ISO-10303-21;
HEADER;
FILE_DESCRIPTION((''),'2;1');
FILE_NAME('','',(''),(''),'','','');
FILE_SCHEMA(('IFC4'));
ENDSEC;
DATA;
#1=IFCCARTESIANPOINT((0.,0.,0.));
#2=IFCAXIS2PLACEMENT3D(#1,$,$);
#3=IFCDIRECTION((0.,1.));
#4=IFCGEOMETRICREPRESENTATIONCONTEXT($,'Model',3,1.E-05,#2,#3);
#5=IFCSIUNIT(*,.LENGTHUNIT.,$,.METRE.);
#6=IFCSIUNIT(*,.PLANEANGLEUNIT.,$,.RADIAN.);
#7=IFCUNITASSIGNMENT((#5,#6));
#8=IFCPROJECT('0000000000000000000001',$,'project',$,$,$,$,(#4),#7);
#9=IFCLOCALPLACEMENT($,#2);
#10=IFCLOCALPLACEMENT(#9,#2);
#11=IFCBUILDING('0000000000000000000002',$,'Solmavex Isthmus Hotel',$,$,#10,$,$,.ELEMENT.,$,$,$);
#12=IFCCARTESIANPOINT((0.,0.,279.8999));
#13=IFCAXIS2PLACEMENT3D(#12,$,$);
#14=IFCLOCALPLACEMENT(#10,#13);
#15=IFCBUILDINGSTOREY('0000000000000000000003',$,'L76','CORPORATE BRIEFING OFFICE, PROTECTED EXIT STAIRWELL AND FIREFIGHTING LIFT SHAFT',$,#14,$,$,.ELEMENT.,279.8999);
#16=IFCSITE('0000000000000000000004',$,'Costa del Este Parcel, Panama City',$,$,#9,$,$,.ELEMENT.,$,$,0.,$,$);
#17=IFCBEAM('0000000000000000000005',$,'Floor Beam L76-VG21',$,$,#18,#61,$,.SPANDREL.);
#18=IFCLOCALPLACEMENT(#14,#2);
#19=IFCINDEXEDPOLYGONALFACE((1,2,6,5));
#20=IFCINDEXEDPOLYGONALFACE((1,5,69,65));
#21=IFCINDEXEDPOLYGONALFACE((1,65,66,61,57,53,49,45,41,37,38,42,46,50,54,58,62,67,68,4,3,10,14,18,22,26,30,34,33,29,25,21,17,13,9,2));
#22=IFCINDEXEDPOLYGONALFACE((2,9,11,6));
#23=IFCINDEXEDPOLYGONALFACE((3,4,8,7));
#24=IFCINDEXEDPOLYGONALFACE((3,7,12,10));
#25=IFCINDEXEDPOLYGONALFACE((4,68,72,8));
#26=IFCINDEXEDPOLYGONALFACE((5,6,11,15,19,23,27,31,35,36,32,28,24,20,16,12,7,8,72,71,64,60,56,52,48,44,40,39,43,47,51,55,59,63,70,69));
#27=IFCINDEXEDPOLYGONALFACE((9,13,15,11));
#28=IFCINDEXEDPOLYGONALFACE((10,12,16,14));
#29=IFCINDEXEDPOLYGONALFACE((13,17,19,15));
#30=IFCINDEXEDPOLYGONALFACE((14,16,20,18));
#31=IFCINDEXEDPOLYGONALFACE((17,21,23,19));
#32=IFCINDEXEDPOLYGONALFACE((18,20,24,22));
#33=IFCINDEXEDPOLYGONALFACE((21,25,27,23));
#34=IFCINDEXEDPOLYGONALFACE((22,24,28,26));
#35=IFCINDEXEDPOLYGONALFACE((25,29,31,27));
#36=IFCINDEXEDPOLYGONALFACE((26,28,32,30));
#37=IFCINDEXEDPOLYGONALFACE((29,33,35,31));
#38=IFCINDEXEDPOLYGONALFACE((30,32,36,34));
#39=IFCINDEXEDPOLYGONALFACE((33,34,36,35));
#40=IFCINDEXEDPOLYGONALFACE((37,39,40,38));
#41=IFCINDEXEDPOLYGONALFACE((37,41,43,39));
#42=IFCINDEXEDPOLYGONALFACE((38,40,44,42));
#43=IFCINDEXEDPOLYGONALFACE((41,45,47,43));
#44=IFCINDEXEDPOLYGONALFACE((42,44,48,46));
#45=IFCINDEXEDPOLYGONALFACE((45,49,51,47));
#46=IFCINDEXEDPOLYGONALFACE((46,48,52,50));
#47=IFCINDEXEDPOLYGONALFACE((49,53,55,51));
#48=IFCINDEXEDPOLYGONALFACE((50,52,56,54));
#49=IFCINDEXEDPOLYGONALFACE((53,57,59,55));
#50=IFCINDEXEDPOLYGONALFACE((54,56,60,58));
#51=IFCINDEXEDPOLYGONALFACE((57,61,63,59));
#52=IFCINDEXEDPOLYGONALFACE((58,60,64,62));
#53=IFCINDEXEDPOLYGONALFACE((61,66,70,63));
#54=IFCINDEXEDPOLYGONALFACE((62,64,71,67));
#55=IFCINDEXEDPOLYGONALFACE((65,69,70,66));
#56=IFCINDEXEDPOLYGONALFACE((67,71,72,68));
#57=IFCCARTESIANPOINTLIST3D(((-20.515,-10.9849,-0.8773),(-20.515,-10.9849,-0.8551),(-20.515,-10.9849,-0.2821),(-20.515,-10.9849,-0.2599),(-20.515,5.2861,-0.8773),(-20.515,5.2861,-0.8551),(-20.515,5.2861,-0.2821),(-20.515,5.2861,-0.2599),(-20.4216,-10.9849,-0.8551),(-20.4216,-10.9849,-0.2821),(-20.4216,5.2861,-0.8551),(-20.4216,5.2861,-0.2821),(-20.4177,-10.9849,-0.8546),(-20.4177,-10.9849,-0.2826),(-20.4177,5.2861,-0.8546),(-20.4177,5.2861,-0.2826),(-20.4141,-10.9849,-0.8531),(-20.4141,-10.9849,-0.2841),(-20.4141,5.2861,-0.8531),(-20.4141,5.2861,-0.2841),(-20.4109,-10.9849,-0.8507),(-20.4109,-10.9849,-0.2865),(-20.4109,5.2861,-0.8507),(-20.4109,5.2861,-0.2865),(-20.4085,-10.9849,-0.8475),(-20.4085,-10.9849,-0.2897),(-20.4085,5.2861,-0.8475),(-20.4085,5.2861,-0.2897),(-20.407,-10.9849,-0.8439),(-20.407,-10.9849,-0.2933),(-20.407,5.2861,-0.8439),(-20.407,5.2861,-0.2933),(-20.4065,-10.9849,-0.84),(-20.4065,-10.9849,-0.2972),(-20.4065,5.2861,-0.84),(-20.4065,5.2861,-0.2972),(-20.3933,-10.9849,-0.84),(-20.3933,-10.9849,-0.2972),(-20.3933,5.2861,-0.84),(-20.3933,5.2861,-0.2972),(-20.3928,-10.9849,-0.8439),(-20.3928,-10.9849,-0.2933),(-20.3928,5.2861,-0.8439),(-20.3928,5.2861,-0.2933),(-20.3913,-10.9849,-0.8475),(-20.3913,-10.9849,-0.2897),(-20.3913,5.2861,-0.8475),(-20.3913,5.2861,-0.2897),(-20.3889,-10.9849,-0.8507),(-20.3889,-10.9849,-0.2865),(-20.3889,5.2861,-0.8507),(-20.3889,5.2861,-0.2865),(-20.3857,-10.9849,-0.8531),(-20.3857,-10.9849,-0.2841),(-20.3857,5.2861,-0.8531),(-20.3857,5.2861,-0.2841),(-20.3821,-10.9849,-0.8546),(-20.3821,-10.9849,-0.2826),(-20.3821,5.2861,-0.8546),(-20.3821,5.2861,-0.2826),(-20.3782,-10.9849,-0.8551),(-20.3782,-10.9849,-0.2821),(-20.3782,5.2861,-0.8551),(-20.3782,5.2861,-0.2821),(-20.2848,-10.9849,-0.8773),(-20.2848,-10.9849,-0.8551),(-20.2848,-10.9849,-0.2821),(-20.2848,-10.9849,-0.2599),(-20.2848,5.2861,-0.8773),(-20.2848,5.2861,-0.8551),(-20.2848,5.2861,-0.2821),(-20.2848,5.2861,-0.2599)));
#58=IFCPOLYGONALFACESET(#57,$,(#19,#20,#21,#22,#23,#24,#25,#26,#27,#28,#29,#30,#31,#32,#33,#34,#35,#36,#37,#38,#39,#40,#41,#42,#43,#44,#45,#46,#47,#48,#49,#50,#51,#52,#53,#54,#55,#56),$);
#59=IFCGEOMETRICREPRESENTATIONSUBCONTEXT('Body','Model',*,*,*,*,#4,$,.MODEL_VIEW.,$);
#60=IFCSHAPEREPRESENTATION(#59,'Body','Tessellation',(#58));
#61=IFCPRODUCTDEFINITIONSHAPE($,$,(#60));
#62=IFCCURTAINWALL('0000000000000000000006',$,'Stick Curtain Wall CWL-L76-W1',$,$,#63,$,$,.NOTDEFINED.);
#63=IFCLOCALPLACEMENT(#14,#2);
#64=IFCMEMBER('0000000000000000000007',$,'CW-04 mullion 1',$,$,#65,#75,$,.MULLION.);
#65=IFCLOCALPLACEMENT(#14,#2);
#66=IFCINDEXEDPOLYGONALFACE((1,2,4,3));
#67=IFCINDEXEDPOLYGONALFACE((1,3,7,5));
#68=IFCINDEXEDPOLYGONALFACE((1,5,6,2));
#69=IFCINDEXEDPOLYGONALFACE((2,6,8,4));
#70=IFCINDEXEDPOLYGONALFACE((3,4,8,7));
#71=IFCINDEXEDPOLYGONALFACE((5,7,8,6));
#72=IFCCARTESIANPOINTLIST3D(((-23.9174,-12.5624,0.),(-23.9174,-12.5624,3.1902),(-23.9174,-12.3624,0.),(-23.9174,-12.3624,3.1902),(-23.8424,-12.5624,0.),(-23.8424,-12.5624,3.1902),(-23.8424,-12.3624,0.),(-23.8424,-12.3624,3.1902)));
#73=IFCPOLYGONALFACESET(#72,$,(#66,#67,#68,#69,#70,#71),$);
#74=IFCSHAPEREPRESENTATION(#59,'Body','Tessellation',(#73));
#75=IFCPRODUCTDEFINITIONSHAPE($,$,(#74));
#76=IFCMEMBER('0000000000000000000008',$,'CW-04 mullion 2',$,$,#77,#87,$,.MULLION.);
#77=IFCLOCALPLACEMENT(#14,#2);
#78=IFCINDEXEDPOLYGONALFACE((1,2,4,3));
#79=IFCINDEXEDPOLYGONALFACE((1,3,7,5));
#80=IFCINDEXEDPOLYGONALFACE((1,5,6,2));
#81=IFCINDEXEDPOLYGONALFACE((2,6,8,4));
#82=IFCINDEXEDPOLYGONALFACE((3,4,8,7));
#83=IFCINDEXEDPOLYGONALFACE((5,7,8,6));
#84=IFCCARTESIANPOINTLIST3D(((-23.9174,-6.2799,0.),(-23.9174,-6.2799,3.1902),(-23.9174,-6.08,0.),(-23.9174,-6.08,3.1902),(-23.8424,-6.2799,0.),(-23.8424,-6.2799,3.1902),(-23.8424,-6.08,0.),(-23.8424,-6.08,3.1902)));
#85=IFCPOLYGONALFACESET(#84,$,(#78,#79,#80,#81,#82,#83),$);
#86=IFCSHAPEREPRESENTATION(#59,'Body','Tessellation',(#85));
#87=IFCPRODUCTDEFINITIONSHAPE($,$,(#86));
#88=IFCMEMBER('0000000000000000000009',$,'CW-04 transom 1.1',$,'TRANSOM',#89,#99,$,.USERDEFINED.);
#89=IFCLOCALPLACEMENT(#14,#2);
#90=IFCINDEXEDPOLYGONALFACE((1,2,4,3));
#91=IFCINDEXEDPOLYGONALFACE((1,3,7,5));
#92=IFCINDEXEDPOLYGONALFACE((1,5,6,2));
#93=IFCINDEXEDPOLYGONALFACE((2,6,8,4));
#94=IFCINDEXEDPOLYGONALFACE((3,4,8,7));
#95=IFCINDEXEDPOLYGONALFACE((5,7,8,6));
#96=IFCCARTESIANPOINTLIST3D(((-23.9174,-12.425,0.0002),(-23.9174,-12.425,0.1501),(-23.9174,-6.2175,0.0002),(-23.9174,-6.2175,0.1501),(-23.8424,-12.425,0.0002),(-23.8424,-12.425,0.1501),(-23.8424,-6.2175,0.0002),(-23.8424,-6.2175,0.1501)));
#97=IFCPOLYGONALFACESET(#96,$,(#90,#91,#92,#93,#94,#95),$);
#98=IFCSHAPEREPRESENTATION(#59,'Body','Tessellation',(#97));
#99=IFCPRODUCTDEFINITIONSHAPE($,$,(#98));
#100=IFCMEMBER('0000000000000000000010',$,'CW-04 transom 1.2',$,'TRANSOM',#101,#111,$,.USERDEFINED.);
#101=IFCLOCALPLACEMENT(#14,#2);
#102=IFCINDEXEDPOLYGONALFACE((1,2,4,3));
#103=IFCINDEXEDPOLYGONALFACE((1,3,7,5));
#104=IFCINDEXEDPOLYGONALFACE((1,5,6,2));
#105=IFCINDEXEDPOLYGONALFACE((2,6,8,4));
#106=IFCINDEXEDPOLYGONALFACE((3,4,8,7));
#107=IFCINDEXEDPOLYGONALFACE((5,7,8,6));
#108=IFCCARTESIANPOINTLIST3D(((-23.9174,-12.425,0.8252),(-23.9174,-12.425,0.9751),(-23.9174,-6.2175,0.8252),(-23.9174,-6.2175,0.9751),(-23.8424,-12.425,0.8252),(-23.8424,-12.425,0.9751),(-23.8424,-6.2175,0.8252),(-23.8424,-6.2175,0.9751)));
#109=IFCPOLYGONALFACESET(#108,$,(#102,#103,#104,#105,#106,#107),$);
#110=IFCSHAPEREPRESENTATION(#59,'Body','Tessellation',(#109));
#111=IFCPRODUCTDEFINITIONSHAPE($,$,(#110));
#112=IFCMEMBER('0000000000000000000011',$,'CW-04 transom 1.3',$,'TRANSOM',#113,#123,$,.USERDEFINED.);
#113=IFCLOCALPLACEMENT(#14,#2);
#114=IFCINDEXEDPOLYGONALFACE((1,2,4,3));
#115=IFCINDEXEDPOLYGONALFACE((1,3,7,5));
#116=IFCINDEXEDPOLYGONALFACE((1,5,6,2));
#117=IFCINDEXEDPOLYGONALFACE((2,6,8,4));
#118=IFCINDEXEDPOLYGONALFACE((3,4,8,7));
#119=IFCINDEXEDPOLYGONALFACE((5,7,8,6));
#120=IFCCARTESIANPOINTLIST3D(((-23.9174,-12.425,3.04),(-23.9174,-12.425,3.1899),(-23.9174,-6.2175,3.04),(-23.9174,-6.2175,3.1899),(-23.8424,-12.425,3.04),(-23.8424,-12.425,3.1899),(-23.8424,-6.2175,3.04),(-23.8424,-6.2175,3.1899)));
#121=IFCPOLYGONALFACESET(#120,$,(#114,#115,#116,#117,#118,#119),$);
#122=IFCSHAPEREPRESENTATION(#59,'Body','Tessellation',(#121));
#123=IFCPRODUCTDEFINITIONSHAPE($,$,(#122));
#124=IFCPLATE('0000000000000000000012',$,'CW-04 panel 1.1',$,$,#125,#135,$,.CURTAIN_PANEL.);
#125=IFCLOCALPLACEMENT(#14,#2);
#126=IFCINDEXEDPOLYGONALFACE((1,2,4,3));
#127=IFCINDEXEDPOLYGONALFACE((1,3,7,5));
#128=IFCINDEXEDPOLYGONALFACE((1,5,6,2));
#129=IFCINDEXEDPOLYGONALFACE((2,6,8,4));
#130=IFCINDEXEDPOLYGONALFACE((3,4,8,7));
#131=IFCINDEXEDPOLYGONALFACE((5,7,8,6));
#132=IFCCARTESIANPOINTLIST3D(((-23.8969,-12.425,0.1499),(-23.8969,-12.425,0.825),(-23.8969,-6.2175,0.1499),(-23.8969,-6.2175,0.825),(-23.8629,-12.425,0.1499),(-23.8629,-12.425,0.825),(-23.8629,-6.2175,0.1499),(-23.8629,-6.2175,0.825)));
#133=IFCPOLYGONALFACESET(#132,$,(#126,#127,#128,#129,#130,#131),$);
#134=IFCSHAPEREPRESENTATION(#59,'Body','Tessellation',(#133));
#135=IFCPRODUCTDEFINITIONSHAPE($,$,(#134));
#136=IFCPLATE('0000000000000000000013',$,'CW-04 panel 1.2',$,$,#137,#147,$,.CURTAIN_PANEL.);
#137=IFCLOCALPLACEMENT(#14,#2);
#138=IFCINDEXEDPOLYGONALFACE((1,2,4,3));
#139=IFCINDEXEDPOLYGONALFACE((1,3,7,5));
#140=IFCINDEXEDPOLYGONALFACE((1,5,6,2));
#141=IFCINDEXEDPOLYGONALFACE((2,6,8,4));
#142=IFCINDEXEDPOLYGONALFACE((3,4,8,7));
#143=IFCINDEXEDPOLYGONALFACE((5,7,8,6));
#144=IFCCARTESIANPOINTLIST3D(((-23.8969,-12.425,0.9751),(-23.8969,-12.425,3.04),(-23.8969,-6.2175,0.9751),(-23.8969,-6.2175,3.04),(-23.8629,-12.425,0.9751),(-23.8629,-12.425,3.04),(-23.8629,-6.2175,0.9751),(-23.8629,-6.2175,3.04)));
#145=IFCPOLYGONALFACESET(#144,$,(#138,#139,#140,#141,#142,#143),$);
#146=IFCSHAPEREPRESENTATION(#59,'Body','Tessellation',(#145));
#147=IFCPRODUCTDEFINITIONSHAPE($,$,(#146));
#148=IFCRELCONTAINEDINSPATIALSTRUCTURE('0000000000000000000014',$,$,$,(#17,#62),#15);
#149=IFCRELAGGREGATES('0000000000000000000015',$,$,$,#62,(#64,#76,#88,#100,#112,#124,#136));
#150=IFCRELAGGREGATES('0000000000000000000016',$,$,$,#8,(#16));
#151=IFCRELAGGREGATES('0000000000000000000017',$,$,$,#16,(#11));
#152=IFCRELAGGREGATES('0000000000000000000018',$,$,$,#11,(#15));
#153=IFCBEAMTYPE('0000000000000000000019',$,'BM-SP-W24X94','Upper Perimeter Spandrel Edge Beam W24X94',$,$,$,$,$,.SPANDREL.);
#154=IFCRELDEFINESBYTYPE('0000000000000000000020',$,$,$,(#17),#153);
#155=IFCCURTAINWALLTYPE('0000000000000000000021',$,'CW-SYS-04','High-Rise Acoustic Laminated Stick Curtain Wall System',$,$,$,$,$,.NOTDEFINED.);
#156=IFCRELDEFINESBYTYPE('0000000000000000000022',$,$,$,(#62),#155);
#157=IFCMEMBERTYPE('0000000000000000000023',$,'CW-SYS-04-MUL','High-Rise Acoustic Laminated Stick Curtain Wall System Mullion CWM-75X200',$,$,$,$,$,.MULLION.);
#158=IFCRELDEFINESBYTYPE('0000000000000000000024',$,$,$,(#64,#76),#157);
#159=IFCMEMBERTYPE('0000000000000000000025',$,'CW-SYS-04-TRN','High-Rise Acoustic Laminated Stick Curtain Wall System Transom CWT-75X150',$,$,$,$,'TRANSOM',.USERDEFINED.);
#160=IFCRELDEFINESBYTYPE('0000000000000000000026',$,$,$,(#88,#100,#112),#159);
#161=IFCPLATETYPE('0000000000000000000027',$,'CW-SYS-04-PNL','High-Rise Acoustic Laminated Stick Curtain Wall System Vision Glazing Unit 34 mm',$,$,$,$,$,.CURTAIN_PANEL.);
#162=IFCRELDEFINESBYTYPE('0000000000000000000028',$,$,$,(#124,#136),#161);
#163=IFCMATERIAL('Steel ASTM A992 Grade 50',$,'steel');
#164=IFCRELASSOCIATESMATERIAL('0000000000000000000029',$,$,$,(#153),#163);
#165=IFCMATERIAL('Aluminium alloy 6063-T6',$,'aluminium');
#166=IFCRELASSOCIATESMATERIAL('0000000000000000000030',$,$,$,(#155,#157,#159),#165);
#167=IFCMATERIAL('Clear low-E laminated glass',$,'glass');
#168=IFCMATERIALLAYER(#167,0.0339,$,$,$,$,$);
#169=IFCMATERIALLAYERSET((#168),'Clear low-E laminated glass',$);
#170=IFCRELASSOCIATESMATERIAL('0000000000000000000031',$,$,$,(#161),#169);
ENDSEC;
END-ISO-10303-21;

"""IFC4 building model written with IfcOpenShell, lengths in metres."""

from ifc_helpers import new_model, si_unit, direction, frame, origin, origin_2d, place, context, subcontext, project, spatial, rectangle, i_section, extrude, material, layer, layer_set, material_profile, profile_set, type_object, element, aggregate, save


model = new_model("IFC4")

# Units and contexts
model_context = context("Model", 3, precision=1e-05, world=origin(), true_north=direction((0.0, 1.0)))
body_context = subcontext(model_context, "Body", "Model", "MODEL_VIEW")
ifc_project = project(units=[si_unit("LENGTHUNIT", "METRE"), si_unit("PLANEANGLEUNIT", "RADIAN")], contexts=[model_context])

# Site, building, storey
site_placement = place(None, origin())
site = spatial("IfcSite", under=ifc_project, at=site_placement, Name="Costa del Este Parcel, Panama City", CompositionType="ELEMENT", RefElevation=0.0)
building_placement = place(site_placement, origin())
building = spatial("IfcBuilding", under=site, at=building_placement, Name="Solmavex Isthmus Hotel", CompositionType="ELEMENT")
storey_placement = place(building_placement, frame((0.0, 0.0, 279.8999)))
storey = spatial("IfcBuildingStorey", under=building, at=storey_placement, Name="L76", Description="CORPORATE BRIEFING OFFICE, PROTECTED EXIT STAIRWELL AND FIREFIGHTING LIFT SHAFT", CompositionType="ELEMENT", Elevation=279.8999)

# Beam
ifc_material_1 = material(Name="Steel ASTM A992 Grade 50", Category="steel")
ifc_material_profile_1 = material_profile(ifc_material_1, i_section(OverallWidth=0.2302, OverallDepth=0.6174, WebThickness=0.0132, FlangeThickness=0.0222, FilletRadius=0.0151, at=origin_2d()), Name="W24X94")
ifc_profile_set_1 = profile_set([ifc_material_profile_1], Name="Steel ASTM A992 Grade 50")
beam_type_1 = type_object("IfcBeamType", Name="BM-SP-W24X94", Description="Upper Perimeter Spandrel Edge Beam W24X94", PredefinedType="SPANDREL", material=ifc_profile_set_1)
beam_1_placement = place(storey_placement, frame((-20.3999, -10.9849, -0.5686), z_axis=(0.0, 1.0, 0.0), x_axis=(-1.0, 0.0, 0.0)))
element("IfcBeam", 1, at=beam_1_placement, inside=storey, type_object=beam_type_1, Name="Floor Beam L76-VG21", PredefinedType="SPANDREL", context=body_context, shape_type="SweptSolid", body=[
    extrude(i_section(OverallWidth=0.2302, OverallDepth=0.6174, WebThickness=0.0132, FlangeThickness=0.0222, FilletRadius=0.0151, at=origin_2d()), origin(), (0.0, 0.0, 1.0), 16.271),
])

# Curtain wall, members, plates
ifc_material_2 = material(Name="Aluminium alloy 6063-T6", Category="aluminium")
curtain_wall_type = type_object("IfcCurtainWallType", Name="CW-SYS-04", Description="High-Rise Acoustic Laminated Stick Curtain Wall System", PredefinedType="NOTDEFINED", material=ifc_material_2)
curtain_wall_placement = place(storey_placement, origin())
curtain_wall = element("IfcCurtainWall", 2, at=curtain_wall_placement, inside=storey, type_object=curtain_wall_type, Name="Stick Curtain Wall CWL-L76-W1", PredefinedType="NOTDEFINED")
ifc_material_profile_2 = material_profile(ifc_material_2, rectangle(XDim=0.075, YDim=0.2, at=origin_2d()), Name="CWM-75X200")
ifc_profile_set_2 = profile_set([ifc_material_profile_2], Name="Aluminium alloy 6063-T6")
member_type_1 = type_object("IfcMemberType", Name="CW-SYS-04-MUL", Description="High-Rise Acoustic Laminated Stick Curtain Wall System Mullion CWM-75X200", PredefinedType="MULLION", material=ifc_profile_set_2)
member_1_placement = place(storey_placement, frame((-23.8799, -12.4624, 0.0), z_axis=(0.0, 0.0, 1.0), x_axis=(-1.0, 0.0, 0.0)))
member_1 = element("IfcMember", 3, at=member_1_placement, type_object=member_type_1, Name="CW-04 mullion 1", PredefinedType="MULLION", context=body_context, shape_type="SweptSolid", body=[
    extrude(rectangle(XDim=0.075, YDim=0.2, at=origin_2d()), origin(), (0.0, 0.0, 1.0), 3.1902),
])
member_2_placement = place(storey_placement, frame((-23.8799, -6.1799, 0.0), z_axis=(0.0, 0.0, 1.0), x_axis=(-1.0, 0.0, 0.0)))
member_2 = element("IfcMember", 4, at=member_2_placement, type_object=member_type_1, Name="CW-04 mullion 2", PredefinedType="MULLION", context=body_context, shape_type="SweptSolid", body=[
    extrude(rectangle(XDim=0.075, YDim=0.2, at=origin_2d()), origin(), (0.0, 0.0, 1.0), 3.1902),
])
ifc_material_profile_3 = material_profile(ifc_material_2, rectangle(XDim=0.075, YDim=0.1499, at=origin_2d()), Name="CWT-75X150")
ifc_profile_set_3 = profile_set([ifc_material_profile_3], Name="Aluminium alloy 6063-T6")
member_type_2 = type_object("IfcMemberType", Name="CW-SYS-04-TRN", Description="High-Rise Acoustic Laminated Stick Curtain Wall System Transom CWT-75X150", ElementType="TRANSOM", PredefinedType="USERDEFINED", material=ifc_profile_set_3)
member_3_placement = place(storey_placement, frame((-23.8799, -12.425, 0.0752), z_axis=(0.0, 1.0, 0.0), x_axis=(-1.0, 0.0, 0.0)))
member_3 = element("IfcMember", 5, at=member_3_placement, type_object=member_type_2, Name="CW-04 transom 1.1", ObjectType="TRANSOM", PredefinedType="USERDEFINED", context=body_context, shape_type="SweptSolid", body=[
    extrude(rectangle(XDim=0.075, YDim=0.1499, at=origin_2d()), origin(), (0.0, 0.0, 1.0), 6.2075),
])
member_4_placement = place(storey_placement, frame((-23.8799, -12.425, 0.9001), z_axis=(0.0, 1.0, 0.0), x_axis=(-1.0, 0.0, 0.0)))
member_4 = element("IfcMember", 6, at=member_4_placement, type_object=member_type_2, Name="CW-04 transom 1.2", ObjectType="TRANSOM", PredefinedType="USERDEFINED", context=body_context, shape_type="SweptSolid", body=[
    extrude(rectangle(XDim=0.075, YDim=0.1499, at=origin_2d()), origin(), (0.0, 0.0, 1.0), 6.2075),
])
member_5_placement = place(storey_placement, frame((-23.8799, -12.425, 3.115), z_axis=(0.0, 1.0, 0.0), x_axis=(-1.0, 0.0, 0.0)))
member_5 = element("IfcMember", 7, at=member_5_placement, type_object=member_type_2, Name="CW-04 transom 1.3", ObjectType="TRANSOM", PredefinedType="USERDEFINED", context=body_context, shape_type="SweptSolid", body=[
    extrude(rectangle(XDim=0.075, YDim=0.1499, at=origin_2d()), origin(), (0.0, 0.0, 1.0), 6.2075),
])
ifc_material_3 = material(Name="Clear low-E laminated glass", Category="glass")
ifc_layer_1 = layer(ifc_material_3, 0.0339)
ifc_layer_set_1 = layer_set([ifc_layer_1], Name="Clear low-E laminated glass")
plate_type = type_object("IfcPlateType", Name="CW-SYS-04-PNL", Description="High-Rise Acoustic Laminated Stick Curtain Wall System Vision Glazing Unit 34 mm", PredefinedType="CURTAIN_PANEL", material=ifc_layer_set_1)
plate_1_placement = place(storey_placement, frame((-23.8799, -9.3213, 0.1499), z_axis=(0.0, 0.0, 1.0), x_axis=(0.0, 1.0, 0.0)))
plate_1 = element("IfcPlate", 8, at=plate_1_placement, type_object=plate_type, Name="CW-04 panel 1.1", PredefinedType="CURTAIN_PANEL", context=body_context, shape_type="SweptSolid", body=[
    extrude(rectangle(XDim=6.2075, YDim=0.0339, at=origin_2d()), origin(), (0.0, 0.0, 1.0), 0.675),
])
plate_2_placement = place(storey_placement, frame((-23.8799, -9.3213, 0.9751), z_axis=(0.0, 0.0, 1.0), x_axis=(0.0, 1.0, 0.0)))
plate_2 = element("IfcPlate", 9, at=plate_2_placement, type_object=plate_type, Name="CW-04 panel 1.2", PredefinedType="CURTAIN_PANEL", context=body_context, shape_type="SweptSolid", body=[
    extrude(rectangle(XDim=6.2075, YDim=0.0339, at=origin_2d()), origin(), (0.0, 0.0, 1.0), 2.0649),
])
aggregate(curtain_wall, [member_1, member_2, member_3, member_4, member_5, plate_1, plate_2])

save(model, "model.ifc")
